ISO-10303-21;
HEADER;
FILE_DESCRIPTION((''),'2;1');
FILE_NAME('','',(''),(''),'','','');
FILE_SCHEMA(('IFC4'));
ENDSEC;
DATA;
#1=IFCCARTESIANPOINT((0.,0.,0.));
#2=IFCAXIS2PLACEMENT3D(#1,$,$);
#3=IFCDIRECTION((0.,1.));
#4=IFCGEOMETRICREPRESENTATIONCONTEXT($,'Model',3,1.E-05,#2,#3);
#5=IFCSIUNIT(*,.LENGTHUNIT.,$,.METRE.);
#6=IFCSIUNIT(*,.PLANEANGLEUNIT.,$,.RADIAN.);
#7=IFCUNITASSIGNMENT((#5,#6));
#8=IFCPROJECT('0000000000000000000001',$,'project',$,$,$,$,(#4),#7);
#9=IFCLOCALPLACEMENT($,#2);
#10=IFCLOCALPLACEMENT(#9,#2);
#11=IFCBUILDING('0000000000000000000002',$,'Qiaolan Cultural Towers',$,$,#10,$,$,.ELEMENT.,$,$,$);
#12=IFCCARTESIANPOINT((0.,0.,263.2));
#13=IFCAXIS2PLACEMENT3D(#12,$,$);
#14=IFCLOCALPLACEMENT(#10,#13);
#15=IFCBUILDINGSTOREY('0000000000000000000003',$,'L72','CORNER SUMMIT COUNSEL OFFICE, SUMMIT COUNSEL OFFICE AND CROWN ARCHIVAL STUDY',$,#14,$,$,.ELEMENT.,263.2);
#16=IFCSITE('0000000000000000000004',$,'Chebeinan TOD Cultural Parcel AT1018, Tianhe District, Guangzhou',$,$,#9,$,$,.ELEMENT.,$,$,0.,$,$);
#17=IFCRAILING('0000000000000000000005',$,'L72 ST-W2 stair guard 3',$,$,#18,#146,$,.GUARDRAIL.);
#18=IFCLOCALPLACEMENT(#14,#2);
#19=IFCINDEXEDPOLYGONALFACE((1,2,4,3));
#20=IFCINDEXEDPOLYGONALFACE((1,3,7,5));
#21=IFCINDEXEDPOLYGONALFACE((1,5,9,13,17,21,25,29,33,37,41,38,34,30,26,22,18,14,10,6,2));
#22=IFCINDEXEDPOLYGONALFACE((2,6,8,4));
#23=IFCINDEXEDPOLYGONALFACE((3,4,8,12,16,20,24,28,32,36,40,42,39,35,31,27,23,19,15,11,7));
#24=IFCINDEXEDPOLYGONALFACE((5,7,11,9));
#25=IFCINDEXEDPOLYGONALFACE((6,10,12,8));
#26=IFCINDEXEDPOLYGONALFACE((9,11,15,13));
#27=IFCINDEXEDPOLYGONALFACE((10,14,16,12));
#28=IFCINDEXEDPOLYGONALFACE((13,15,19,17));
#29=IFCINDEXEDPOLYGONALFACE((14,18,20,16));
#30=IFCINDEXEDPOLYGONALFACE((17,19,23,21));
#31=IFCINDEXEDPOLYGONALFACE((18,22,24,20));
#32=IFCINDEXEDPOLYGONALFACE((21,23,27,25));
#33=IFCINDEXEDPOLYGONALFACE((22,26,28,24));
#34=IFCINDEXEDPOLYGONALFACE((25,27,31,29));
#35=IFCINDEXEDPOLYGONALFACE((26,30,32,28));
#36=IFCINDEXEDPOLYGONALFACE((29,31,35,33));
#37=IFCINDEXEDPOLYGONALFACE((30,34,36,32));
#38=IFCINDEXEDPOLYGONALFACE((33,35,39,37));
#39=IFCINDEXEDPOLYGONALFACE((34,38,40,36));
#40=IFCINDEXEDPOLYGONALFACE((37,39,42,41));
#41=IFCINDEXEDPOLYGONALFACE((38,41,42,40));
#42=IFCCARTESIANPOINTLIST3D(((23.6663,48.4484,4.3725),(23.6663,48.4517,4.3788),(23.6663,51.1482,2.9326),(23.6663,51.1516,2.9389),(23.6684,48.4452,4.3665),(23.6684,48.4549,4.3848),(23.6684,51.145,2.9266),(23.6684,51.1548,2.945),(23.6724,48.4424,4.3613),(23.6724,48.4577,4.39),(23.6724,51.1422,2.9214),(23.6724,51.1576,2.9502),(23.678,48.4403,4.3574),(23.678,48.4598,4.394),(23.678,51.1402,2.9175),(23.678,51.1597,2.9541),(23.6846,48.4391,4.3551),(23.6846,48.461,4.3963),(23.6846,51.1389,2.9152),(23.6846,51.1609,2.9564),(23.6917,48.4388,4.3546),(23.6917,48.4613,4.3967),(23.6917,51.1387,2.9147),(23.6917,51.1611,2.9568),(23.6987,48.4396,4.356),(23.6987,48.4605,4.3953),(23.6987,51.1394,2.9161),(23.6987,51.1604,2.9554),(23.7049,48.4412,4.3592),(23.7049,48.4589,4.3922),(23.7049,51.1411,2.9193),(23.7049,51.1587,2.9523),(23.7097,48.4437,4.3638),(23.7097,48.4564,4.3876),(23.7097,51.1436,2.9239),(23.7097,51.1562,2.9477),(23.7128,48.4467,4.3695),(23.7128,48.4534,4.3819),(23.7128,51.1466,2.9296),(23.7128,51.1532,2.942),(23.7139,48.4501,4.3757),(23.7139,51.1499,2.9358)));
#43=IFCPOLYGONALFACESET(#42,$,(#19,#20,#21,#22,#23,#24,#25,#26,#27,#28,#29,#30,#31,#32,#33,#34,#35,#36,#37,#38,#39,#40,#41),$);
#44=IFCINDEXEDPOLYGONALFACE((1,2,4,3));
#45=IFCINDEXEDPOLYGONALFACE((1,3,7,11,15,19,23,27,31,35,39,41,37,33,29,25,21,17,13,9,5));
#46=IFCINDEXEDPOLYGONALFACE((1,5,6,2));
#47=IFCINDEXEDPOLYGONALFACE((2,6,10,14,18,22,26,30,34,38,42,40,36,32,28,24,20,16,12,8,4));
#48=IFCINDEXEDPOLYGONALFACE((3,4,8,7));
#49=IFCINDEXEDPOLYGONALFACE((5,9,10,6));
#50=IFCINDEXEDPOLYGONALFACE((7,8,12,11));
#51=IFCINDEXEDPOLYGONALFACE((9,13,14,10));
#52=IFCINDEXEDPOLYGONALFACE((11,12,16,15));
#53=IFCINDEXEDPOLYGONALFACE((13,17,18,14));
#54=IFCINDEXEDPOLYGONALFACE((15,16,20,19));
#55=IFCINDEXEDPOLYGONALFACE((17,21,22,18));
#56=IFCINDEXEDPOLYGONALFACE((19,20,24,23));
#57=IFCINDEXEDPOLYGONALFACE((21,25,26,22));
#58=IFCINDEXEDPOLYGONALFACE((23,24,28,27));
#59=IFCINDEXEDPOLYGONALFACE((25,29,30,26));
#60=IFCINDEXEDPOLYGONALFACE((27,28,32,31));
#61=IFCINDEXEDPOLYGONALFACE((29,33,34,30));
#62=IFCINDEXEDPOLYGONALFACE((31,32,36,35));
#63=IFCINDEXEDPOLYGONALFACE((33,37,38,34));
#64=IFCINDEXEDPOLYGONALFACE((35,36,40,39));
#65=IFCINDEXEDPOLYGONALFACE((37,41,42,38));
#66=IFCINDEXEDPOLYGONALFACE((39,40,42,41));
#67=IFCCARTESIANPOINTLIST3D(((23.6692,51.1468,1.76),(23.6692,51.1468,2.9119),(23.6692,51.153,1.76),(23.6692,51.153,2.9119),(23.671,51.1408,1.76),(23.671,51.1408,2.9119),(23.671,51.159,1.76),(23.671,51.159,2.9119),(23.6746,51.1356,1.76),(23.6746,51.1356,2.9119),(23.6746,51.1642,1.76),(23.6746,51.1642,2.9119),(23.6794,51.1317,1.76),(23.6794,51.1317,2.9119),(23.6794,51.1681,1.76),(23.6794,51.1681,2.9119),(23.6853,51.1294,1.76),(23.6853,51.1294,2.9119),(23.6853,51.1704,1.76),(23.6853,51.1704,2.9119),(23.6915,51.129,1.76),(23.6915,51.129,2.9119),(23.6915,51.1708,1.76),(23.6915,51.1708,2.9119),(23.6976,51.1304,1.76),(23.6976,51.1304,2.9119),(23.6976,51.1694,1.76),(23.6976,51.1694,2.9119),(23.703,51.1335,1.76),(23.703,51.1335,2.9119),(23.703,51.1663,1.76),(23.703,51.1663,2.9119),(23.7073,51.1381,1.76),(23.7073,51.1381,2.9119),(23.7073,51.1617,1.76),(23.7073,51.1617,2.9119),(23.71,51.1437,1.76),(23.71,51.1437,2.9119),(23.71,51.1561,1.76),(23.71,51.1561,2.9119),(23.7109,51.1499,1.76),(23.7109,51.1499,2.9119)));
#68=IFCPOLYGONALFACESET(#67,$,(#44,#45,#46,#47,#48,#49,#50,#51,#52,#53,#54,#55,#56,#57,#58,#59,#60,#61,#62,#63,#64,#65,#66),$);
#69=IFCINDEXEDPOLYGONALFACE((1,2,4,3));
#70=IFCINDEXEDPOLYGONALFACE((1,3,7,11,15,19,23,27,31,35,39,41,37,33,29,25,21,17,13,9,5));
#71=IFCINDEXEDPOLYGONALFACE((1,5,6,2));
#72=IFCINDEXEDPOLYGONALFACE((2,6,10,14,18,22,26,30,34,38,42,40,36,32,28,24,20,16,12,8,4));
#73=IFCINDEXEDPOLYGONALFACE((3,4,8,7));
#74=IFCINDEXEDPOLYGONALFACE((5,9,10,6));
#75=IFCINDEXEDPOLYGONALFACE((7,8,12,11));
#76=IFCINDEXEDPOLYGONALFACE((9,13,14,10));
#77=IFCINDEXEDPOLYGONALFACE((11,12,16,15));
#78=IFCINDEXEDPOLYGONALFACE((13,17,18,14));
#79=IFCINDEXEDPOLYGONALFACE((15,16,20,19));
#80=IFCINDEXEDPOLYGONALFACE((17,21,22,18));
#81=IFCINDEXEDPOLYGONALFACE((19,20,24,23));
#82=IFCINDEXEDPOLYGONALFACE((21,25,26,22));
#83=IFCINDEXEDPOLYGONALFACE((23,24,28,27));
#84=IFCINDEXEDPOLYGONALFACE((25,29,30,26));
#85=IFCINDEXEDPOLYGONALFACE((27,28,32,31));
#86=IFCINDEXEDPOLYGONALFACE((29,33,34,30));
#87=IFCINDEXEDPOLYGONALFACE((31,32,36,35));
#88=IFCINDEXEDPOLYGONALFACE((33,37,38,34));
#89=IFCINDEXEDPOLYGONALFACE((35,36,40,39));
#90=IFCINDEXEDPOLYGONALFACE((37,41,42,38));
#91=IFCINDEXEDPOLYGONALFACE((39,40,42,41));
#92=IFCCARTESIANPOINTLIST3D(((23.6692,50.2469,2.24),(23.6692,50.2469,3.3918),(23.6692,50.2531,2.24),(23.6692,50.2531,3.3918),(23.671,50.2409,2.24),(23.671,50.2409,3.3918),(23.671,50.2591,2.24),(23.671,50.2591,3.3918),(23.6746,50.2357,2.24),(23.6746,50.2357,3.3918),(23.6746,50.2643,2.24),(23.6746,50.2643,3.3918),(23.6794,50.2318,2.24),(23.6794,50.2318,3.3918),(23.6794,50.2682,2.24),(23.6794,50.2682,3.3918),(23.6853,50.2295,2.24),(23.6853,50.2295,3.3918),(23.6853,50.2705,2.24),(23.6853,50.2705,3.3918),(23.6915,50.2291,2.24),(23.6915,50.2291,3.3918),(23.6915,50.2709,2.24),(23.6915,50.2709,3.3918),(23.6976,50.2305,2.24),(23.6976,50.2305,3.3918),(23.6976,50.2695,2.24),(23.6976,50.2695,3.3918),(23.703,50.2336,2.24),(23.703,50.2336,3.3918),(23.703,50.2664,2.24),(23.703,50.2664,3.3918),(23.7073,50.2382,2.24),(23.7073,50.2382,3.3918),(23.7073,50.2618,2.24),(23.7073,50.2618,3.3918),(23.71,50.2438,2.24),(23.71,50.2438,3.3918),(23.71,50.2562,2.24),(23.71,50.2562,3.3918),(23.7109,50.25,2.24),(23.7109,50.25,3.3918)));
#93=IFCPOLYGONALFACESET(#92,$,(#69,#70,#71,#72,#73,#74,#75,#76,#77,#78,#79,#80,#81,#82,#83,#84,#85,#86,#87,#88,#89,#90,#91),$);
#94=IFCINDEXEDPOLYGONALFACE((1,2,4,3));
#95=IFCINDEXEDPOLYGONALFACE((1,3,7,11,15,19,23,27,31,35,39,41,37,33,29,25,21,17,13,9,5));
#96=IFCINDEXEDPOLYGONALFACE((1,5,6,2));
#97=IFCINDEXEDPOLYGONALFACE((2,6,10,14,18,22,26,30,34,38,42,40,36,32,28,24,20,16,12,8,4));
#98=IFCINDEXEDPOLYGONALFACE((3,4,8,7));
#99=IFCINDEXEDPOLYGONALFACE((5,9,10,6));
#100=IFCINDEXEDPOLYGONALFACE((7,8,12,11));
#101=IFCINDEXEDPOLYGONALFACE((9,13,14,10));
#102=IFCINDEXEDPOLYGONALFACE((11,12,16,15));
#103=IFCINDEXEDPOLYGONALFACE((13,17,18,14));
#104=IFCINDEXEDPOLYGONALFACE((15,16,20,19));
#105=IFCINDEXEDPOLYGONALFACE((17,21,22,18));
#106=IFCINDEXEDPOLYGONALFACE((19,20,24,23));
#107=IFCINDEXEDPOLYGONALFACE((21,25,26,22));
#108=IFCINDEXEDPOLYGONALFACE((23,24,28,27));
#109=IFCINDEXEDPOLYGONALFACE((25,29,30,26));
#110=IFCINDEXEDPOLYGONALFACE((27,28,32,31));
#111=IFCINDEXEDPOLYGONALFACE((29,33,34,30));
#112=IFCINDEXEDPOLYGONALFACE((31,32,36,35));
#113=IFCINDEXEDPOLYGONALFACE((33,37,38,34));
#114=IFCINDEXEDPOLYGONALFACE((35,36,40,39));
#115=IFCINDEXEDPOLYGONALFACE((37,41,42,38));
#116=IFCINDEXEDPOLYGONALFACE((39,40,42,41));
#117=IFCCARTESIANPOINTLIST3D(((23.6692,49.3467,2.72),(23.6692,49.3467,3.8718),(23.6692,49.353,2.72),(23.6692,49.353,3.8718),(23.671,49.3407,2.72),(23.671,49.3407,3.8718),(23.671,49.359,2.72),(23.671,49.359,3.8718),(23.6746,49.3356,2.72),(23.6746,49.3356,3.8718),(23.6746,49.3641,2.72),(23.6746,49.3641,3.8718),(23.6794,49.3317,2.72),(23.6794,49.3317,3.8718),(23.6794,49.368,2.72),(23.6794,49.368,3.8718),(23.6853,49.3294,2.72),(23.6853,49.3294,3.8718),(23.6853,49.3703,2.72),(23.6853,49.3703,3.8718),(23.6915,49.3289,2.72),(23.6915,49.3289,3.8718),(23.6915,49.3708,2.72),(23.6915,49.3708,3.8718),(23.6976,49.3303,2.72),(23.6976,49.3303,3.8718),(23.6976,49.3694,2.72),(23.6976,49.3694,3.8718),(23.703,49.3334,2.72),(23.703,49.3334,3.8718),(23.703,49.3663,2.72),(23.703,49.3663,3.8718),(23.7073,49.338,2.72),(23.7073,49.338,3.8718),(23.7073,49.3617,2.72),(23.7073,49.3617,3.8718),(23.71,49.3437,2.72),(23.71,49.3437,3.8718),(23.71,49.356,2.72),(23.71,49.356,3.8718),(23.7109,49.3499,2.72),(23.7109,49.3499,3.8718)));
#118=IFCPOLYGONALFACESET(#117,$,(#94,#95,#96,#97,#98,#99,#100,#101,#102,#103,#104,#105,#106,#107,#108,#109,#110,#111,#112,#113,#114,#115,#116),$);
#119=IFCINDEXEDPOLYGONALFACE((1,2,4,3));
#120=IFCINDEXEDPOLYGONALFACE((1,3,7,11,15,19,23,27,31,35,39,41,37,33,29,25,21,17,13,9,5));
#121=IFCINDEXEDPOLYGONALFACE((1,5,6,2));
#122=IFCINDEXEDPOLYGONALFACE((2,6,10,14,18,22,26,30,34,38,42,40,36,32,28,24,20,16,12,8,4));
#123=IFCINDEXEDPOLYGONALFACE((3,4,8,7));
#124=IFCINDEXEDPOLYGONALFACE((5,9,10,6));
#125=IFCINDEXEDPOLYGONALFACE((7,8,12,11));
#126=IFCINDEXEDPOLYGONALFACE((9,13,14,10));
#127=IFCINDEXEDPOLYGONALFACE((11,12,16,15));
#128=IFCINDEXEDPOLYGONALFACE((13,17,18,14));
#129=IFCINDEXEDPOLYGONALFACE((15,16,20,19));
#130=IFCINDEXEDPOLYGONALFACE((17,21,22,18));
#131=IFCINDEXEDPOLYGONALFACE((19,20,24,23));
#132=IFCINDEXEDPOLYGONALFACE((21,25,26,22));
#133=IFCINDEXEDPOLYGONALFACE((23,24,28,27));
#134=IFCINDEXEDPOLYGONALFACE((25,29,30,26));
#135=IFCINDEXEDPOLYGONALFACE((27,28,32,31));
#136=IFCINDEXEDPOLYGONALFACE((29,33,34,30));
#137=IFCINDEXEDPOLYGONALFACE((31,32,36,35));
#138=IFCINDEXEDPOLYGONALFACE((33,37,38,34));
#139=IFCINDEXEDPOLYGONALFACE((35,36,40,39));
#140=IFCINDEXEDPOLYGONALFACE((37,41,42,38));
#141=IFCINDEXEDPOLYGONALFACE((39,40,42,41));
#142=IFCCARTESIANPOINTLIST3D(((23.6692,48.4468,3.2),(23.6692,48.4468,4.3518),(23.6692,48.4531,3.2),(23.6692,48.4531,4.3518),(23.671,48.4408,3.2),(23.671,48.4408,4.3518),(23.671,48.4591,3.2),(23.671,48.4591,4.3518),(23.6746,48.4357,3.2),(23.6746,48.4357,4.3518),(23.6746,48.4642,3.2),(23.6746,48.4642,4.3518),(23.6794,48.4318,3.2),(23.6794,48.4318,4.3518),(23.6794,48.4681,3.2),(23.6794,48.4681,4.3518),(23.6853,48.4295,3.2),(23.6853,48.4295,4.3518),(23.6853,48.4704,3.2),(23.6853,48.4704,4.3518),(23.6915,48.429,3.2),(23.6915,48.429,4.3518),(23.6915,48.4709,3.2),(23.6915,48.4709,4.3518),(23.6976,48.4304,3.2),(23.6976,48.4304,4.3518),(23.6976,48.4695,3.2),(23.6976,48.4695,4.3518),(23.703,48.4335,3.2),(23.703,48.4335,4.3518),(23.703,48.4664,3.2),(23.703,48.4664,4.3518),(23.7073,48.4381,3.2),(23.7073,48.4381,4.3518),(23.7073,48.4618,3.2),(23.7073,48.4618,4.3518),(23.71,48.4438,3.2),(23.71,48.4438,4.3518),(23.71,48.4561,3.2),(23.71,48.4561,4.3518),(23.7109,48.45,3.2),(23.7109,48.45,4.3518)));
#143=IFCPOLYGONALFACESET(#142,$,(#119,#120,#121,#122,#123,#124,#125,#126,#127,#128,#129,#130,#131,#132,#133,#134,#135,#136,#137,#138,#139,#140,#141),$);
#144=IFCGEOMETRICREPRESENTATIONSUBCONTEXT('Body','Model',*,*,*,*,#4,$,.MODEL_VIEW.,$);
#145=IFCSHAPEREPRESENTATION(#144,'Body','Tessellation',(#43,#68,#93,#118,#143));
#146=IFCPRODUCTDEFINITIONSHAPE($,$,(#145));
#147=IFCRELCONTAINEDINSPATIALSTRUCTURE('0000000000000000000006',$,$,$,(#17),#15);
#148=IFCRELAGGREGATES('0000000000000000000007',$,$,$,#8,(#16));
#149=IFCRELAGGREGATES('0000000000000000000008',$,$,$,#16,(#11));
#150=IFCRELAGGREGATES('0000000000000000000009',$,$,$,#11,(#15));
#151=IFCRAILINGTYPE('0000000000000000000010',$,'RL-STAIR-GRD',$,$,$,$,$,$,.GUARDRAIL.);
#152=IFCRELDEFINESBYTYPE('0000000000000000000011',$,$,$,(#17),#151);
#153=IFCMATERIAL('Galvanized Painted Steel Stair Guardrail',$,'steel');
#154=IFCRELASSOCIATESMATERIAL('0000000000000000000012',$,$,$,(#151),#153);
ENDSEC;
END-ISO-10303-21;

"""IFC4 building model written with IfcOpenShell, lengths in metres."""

from ifc_helpers import new_model, si_unit, direction, frame, origin, origin_2d, place, context, subcontext, project, spatial, circle, extrude, material, type_object, element, save


model = new_model("IFC4")

# Units and contexts
model_context = context("Model", 3, precision=1e-05, world=origin(), true_north=direction((0.0, 1.0)))
body_context = subcontext(model_context, "Body", "Model", "MODEL_VIEW")
ifc_project = project(units=[si_unit("LENGTHUNIT", "METRE"), si_unit("PLANEANGLEUNIT", "RADIAN")], contexts=[model_context])

# Site, building, storey
site_placement = place(None, origin())
site = spatial("IfcSite", under=ifc_project, at=site_placement, Name="Chebeinan TOD Cultural Parcel AT1018, Tianhe District, Guangzhou", CompositionType="ELEMENT", RefElevation=0.0)
building_placement = place(site_placement, origin())
building = spatial("IfcBuilding", under=site, at=building_placement, Name="Qiaolan Cultural Towers", CompositionType="ELEMENT")
storey_placement = place(building_placement, frame((0.0, 0.0, 263.2)))
storey = spatial("IfcBuildingStorey", under=building, at=storey_placement, Name="L72", Description="CORNER SUMMIT COUNSEL OFFICE, SUMMIT COUNSEL OFFICE AND CROWN ARCHIVAL STUDY", CompositionType="ELEMENT", Elevation=263.2)

# Railing
ifc_material_1 = material(Name="Galvanized Painted Steel Stair Guardrail", Category="steel")
railing_type_1 = type_object("IfcRailingType", Name="RL-STAIR-GRD", PredefinedType="GUARDRAIL", material=ifc_material_1)
railing_1_placement = place(storey_placement, frame((23.6899, 51.1499, 1.76)))
element("IfcRailing", 1, at=railing_1_placement, inside=storey, type_object=railing_type_1, Name="L72 ST-W2 stair guard 3", PredefinedType="GUARDRAIL", context=body_context, shape_type="SweptSolid", body=[
    extrude(circle(Radius=0.0239, at=origin_2d()), frame((0.0, 0.0, 1.1758), z_axis=(0.0, -0.882357, 0.47058), x_axis=(1.0, 0.0, 0.0)), (0.0, 0.0, 1.0), 3.0598),
    extrude(circle(Radius=0.021, at=origin_2d()), origin(), (0.0, 0.0, 1.0), 1.1519),
    extrude(circle(Radius=0.021, at=origin_2d()), frame((0.0, -0.8999, 0.48)), (0.0, 0.0, 1.0), 1.1519),
    extrude(circle(Radius=0.021, at=origin_2d()), frame((0.0, -1.8, 0.96)), (0.0, 0.0, 1.0), 1.1519),
    extrude(circle(Radius=0.021, at=origin_2d()), frame((0.0, -2.7, 1.4399)), (0.0, 0.0, 1.0), 1.1519),
])

save(model, "model.ifc")
